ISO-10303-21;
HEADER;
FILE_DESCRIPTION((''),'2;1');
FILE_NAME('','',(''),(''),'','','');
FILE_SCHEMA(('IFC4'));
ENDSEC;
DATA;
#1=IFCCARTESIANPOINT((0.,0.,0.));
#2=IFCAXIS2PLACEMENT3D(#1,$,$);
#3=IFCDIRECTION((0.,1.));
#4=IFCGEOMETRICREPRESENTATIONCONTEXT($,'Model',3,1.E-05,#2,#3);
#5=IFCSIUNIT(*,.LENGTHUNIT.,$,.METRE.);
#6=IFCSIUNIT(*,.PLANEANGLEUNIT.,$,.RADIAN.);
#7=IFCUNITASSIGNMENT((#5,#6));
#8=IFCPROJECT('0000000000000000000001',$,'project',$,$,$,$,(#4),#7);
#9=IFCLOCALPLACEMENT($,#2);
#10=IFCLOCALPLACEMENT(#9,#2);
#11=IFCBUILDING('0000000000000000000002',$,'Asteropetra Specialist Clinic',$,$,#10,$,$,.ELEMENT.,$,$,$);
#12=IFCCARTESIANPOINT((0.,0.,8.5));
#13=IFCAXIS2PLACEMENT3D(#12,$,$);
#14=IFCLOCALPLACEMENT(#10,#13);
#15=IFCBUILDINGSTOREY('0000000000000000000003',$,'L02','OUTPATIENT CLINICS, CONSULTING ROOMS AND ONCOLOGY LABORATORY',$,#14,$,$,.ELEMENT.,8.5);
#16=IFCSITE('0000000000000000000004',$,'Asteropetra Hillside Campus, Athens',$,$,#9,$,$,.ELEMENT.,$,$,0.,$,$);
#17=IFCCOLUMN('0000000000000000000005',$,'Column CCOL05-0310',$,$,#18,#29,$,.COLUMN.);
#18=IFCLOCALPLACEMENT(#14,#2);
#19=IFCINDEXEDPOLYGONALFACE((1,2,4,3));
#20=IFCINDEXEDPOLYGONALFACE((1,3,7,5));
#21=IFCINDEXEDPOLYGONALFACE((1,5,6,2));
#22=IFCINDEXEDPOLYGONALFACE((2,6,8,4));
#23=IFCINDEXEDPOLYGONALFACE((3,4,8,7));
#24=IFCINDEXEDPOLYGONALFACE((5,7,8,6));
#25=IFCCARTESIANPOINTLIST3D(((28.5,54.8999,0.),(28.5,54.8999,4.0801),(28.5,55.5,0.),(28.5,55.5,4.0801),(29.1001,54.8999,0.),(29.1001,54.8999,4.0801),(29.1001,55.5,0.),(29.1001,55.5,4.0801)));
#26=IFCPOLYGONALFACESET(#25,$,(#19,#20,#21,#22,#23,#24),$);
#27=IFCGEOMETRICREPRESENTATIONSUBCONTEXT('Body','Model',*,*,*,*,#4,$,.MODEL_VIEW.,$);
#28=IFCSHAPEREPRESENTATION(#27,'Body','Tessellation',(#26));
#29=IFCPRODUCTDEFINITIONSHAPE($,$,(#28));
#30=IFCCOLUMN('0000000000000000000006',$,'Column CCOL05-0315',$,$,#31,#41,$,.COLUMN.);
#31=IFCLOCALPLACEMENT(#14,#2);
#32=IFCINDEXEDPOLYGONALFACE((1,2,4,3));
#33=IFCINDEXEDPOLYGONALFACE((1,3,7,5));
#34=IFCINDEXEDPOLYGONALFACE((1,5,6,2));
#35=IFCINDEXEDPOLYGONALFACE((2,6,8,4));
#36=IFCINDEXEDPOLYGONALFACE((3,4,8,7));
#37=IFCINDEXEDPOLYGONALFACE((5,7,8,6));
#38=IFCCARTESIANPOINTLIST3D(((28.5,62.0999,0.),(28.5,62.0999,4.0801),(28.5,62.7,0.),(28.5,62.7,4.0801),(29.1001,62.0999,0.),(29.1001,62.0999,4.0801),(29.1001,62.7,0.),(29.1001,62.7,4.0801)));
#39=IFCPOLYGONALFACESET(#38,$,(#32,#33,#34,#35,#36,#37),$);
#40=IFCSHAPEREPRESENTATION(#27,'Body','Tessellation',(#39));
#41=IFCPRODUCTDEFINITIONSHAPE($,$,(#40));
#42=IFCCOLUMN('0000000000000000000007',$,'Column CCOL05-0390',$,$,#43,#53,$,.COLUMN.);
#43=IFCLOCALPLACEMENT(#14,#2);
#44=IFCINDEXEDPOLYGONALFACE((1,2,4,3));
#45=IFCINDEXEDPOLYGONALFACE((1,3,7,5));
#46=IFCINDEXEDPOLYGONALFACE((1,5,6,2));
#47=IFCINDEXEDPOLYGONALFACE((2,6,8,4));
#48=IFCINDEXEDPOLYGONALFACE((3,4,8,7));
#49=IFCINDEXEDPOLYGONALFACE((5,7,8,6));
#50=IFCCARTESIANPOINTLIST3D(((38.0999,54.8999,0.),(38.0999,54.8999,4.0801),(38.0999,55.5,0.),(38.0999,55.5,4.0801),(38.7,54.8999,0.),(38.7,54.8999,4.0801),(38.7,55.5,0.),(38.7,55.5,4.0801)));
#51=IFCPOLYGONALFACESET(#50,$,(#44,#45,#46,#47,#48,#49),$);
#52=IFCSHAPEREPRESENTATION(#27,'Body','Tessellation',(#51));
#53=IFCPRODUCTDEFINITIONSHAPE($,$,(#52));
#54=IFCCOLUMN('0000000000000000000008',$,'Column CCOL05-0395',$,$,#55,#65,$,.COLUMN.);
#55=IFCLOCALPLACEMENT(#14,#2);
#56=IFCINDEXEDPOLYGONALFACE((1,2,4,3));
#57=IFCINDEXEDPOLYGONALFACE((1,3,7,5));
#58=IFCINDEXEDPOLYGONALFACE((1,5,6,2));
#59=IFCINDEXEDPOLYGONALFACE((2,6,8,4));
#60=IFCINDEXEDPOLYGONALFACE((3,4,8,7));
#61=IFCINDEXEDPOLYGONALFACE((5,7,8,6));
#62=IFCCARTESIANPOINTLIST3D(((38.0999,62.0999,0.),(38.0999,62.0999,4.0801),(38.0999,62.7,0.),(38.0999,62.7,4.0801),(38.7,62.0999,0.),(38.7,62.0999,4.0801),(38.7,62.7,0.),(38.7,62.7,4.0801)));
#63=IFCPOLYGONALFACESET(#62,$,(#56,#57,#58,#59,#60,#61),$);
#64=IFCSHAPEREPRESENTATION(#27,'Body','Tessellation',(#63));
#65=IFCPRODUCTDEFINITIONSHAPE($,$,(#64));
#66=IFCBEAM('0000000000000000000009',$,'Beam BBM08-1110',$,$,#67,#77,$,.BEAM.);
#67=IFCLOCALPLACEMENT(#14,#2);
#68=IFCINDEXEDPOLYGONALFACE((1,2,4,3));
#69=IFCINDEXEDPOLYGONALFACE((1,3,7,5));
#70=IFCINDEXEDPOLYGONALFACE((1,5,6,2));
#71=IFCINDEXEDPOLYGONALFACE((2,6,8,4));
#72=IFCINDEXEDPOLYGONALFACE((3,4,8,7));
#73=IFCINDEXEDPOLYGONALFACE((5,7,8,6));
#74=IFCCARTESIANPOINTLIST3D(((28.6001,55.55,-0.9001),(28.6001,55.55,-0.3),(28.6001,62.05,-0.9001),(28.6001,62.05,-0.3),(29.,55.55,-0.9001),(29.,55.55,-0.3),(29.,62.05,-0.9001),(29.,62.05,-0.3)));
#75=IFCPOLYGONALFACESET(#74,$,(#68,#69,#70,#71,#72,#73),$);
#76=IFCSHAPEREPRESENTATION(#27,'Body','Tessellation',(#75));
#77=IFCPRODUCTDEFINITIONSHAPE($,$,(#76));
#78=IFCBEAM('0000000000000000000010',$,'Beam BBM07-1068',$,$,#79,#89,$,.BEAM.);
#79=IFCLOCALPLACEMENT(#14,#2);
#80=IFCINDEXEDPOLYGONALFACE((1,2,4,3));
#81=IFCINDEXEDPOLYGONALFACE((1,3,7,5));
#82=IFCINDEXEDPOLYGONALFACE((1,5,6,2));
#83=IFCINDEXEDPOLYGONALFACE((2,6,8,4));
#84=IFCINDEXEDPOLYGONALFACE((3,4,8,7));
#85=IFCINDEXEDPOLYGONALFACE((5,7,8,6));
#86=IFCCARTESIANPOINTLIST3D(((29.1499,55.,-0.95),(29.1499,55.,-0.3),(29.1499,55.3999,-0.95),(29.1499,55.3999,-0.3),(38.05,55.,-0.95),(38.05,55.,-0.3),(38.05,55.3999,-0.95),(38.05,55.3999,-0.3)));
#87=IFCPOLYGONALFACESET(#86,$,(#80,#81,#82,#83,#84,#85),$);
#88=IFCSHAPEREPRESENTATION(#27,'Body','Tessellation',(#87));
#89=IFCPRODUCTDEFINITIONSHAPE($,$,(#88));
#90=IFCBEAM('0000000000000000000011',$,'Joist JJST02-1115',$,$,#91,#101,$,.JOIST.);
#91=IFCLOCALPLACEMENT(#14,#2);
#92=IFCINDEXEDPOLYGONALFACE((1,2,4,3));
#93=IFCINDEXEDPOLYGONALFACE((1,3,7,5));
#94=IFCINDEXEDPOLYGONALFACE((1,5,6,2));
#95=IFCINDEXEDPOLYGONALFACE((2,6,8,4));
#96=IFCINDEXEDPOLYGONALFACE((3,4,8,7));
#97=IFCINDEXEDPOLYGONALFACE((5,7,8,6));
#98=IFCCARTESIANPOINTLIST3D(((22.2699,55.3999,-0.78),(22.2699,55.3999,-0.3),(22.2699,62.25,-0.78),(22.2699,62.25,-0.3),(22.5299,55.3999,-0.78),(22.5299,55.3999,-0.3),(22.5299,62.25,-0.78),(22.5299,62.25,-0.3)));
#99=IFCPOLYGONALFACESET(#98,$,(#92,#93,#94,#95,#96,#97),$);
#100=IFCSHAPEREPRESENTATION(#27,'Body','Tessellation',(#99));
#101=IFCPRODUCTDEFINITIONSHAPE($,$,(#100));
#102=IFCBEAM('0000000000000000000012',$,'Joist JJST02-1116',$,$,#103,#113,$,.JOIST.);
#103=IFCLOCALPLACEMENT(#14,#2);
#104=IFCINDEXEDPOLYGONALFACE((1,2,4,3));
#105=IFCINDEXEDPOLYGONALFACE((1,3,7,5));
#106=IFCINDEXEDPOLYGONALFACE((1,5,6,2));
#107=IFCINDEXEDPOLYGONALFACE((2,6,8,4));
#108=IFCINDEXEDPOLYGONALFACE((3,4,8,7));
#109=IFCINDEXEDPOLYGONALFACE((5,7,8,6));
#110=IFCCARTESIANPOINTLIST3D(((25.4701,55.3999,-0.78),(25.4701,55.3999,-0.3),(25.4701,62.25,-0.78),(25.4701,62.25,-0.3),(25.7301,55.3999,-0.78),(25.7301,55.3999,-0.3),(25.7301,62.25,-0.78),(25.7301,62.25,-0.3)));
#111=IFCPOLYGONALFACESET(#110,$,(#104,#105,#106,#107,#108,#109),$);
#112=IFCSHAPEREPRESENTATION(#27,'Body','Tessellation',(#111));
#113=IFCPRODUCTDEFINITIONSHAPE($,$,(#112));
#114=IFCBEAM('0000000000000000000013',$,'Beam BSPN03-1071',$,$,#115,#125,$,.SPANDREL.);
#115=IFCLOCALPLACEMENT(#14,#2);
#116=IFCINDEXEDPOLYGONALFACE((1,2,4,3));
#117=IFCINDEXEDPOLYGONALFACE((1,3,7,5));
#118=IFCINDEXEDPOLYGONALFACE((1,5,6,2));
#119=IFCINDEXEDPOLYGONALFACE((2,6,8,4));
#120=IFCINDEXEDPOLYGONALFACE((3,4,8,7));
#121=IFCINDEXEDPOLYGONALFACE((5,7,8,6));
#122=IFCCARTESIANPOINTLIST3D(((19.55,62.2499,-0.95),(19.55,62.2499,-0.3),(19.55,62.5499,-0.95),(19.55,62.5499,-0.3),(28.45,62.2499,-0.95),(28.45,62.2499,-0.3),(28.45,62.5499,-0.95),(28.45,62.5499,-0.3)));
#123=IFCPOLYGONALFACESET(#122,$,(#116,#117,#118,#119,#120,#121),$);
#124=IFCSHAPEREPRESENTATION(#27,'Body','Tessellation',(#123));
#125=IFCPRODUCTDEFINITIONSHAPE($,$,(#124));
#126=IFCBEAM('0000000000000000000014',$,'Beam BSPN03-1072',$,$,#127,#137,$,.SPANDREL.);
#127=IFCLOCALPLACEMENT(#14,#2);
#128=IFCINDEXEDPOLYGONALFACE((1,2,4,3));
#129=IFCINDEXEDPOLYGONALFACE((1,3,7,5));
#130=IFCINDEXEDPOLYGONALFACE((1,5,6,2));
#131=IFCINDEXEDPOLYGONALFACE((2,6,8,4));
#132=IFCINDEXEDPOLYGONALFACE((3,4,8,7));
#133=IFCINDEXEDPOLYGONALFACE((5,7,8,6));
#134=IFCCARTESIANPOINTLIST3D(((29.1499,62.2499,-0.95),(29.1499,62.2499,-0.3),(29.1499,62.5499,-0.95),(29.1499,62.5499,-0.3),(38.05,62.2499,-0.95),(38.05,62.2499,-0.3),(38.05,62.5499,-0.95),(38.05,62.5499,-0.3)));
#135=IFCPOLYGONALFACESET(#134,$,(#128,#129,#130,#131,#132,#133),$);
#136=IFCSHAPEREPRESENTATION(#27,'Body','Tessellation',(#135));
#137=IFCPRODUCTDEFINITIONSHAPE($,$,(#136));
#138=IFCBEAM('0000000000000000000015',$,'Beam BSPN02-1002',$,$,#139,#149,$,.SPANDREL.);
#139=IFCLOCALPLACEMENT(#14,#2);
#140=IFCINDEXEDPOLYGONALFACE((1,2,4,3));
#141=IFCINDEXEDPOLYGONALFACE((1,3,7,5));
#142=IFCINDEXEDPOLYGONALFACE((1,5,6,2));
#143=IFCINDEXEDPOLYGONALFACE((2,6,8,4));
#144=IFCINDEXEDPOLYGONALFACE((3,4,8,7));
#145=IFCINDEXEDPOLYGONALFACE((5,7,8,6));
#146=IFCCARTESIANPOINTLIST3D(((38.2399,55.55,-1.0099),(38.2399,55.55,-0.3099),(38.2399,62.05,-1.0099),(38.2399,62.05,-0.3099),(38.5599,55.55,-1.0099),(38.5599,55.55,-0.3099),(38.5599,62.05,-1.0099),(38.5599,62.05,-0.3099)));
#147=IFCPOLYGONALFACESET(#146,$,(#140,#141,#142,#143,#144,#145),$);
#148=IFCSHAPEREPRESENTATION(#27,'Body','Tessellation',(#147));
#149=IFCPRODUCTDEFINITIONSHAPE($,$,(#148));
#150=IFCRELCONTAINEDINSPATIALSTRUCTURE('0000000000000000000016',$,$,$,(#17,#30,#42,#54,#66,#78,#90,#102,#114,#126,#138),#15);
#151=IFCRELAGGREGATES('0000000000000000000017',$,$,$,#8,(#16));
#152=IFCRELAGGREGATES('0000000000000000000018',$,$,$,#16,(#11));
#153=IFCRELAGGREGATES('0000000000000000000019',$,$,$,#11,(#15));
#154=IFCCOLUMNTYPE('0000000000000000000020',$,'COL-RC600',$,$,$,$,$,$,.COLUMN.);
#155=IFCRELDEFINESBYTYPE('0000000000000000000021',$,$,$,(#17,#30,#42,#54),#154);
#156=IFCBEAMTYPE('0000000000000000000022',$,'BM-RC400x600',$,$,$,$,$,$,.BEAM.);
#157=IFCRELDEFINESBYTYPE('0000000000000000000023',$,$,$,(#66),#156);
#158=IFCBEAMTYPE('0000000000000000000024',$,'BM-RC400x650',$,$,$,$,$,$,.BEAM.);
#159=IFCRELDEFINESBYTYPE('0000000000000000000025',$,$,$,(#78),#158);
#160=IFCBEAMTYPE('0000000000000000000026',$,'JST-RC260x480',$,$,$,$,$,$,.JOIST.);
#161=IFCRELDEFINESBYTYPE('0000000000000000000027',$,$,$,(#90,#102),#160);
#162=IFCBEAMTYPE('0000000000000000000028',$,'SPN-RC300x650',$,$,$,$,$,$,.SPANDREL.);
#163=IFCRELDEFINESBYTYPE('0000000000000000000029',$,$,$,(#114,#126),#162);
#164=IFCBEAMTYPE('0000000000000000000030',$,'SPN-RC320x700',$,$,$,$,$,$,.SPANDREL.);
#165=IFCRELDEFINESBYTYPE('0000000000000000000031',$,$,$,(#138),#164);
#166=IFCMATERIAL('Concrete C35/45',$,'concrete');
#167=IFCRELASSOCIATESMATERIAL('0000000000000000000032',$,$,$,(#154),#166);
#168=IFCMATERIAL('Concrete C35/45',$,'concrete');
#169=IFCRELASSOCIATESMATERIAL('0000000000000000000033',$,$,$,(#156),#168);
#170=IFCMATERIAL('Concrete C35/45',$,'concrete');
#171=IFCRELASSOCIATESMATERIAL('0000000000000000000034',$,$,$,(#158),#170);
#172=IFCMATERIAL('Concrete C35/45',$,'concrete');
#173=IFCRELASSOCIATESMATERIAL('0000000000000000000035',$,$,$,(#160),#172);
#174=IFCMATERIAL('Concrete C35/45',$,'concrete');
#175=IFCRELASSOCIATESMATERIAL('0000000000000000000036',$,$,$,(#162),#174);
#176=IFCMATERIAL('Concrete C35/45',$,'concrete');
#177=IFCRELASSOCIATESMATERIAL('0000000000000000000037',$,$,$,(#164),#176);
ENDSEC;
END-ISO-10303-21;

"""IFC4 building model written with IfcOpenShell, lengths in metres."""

from ifc_helpers import new_model, si_unit, direction, frame, origin, origin_2d, place, context, subcontext, project, spatial, rectangle, extrude, material, material_profile, profile_set, type_object, element, save


model = new_model("IFC4")

# Units and contexts
model_context = context("Model", 3, precision=1e-05, world=origin(), true_north=direction((0.0, 1.0)))
body_context = subcontext(model_context, "Body", "Model", "MODEL_VIEW")
ifc_project = project(units=[si_unit("LENGTHUNIT", "METRE"), si_unit("PLANEANGLEUNIT", "RADIAN")], contexts=[model_context])

# Site, building, storey
site_placement = place(None, origin())
site = spatial("IfcSite", under=ifc_project, at=site_placement, Name="Asteropetra Hillside Campus, Athens", CompositionType="ELEMENT", RefElevation=0.0)
building_placement = place(site_placement, origin())
building = spatial("IfcBuilding", under=site, at=building_placement, Name="Asteropetra Specialist Clinic", CompositionType="ELEMENT")
storey_placement = place(building_placement, frame((0.0, 0.0, 8.5)))
storey = spatial("IfcBuildingStorey", under=building, at=storey_placement, Name="L02", Description="OUTPATIENT CLINICS, CONSULTING ROOMS AND ONCOLOGY LABORATORY", CompositionType="ELEMENT", Elevation=8.5)

# Columns
ifc_material_1 = material(Name="Concrete C35/45", Category="concrete")
ifc_material_profile_1 = material_profile(ifc_material_1, rectangle(XDim=0.6001, YDim=0.6001, at=origin_2d()), Name="RC 600x600")
ifc_profile_set_1 = profile_set([ifc_material_profile_1], Name="Concrete C35/45")
column_type = type_object("IfcColumnType", Name="COL-RC600", PredefinedType="COLUMN", material=ifc_profile_set_1)
for number, where, z_axis, x_axis, name in (
    (1, (28.8, 55.2, 0.0), (0.0, 0.0, 1.0), (1.0, 0.0, 0.0), "Column CCOL05-0310"),
    (2, (28.8, 62.3999, 0.0), (0.0, 0.0, 1.0), (1.0, 0.0, 0.0), "Column CCOL05-0315"),
    (3, (38.3999, 55.2, 0.0), (0.0, 0.0, 1.0), (1.0, 0.0, 0.0), "Column CCOL05-0390"),
    (4, (38.3999, 62.3999, 0.0), (0.0, 0.0, 1.0), (1.0, 0.0, 0.0), "Column CCOL05-0395"),
):
    element("IfcColumn", number, at=place(storey_placement, frame(where, z_axis=z_axis, x_axis=x_axis)), inside=storey, type_object=column_type, Name=name, PredefinedType="COLUMN", context=body_context, shape_type="SweptSolid", body=[
        extrude(rectangle(XDim=0.6001, YDim=0.6001, at=origin_2d()), origin(), (0.0, 0.0, 1.0), 4.0801),
    ])

# Beams
ifc_material_2 = material(Name="Concrete C35/45", Category="concrete")
ifc_material_profile_2 = material_profile(ifc_material_2, rectangle(XDim=0.3999, YDim=0.6001, at=origin_2d()), Name="RCB 400x600")
ifc_profile_set_2 = profile_set([ifc_material_profile_2], Name="Concrete C35/45")
beam_type_1 = type_object("IfcBeamType", Name="BM-RC400x600", PredefinedType="BEAM", material=ifc_profile_set_2)
beam_1_placement = place(storey_placement, frame((28.8, 55.55, -0.6001), z_axis=(0.0, 1.0, 0.0), x_axis=(-1.0, 0.0, 0.0)))
element("IfcBeam", 5, at=beam_1_placement, inside=storey, type_object=beam_type_1, Name="Beam BBM08-1110", PredefinedType="BEAM", context=body_context, shape_type="SweptSolid", body=[
    extrude(rectangle(XDim=0.3999, YDim=0.6001, at=origin_2d()), origin(), (0.0, 0.0, 1.0), 6.5),
])
ifc_material_3 = material(Name="Concrete C35/45", Category="concrete")
ifc_material_profile_3 = material_profile(ifc_material_3, rectangle(XDim=0.3999, YDim=0.6499, at=origin_2d()), Name="RCB 400x650")
ifc_profile_set_3 = profile_set([ifc_material_profile_3], Name="Concrete C35/45")
beam_type_2 = type_object("IfcBeamType", Name="BM-RC400x650", PredefinedType="BEAM", material=ifc_profile_set_3)
beam_2_placement = place(storey_placement, frame((29.1499, 55.2, -0.625), z_axis=(1.0, 0.0, 0.0), x_axis=(0.0, 1.0, 0.0)))
element("IfcBeam", 6, at=beam_2_placement, inside=storey, type_object=beam_type_2, Name="Beam BBM07-1068", PredefinedType="BEAM", context=body_context, shape_type="SweptSolid", body=[
    extrude(rectangle(XDim=0.3999, YDim=0.6499, at=origin_2d()), origin(), (0.0, 0.0, 1.0), 8.9001),
])
ifc_material_4 = material(Name="Concrete C35/45", Category="concrete")
ifc_material_profile_4 = material_profile(ifc_material_4, rectangle(XDim=0.26, YDim=0.48, at=origin_2d()), Name="RCJ 260x480")
ifc_profile_set_4 = profile_set([ifc_material_profile_4], Name="Concrete C35/45")
beam_type_3 = type_object("IfcBeamType", Name="JST-RC260x480", PredefinedType="JOIST", material=ifc_profile_set_4)
for number, where, z_axis, x_axis, name in (
    (7, (22.3999, 55.3999, -0.54), (0.0, 1.0, 0.0), (-1.0, 0.0, 0.0), "Joist JJST02-1115"),
    (8, (25.6001, 55.3999, -0.54), (0.0, 1.0, 0.0), (-1.0, 0.0, 0.0), "Joist JJST02-1116"),
):
    element("IfcBeam", number, at=place(storey_placement, frame(where, z_axis=z_axis, x_axis=x_axis)), inside=storey, type_object=beam_type_3, Name=name, PredefinedType="JOIST", context=body_context, shape_type="SweptSolid", body=[
        extrude(rectangle(XDim=0.26, YDim=0.48, at=origin_2d()), origin(), (0.0, 0.0, 1.0), 6.8501),
    ])
ifc_material_5 = material(Name="Concrete C35/45", Category="concrete")
ifc_material_profile_5 = material_profile(ifc_material_5, rectangle(XDim=0.3, YDim=0.6499, at=origin_2d()), Name="RCS 300x650")
ifc_profile_set_5 = profile_set([ifc_material_profile_5], Name="Concrete C35/45")
beam_type_4 = type_object("IfcBeamType", Name="SPN-RC300x650", PredefinedType="SPANDREL", material=ifc_profile_set_5)
beam_3_placement = place(storey_placement, frame((19.55, 62.3999, -0.625), z_axis=(1.0, 0.0, 0.0), x_axis=(0.0, 1.0, 0.0)))
element("IfcBeam", 9, at=beam_3_placement, inside=storey, type_object=beam_type_4, Name="Beam BSPN03-1071", PredefinedType="SPANDREL", context=body_context, shape_type="SweptSolid", body=[
    extrude(rectangle(XDim=0.3, YDim=0.6499, at=origin_2d()), origin(), (0.0, 0.0, 1.0), 8.8999),
])
beam_4_placement = place(storey_placement, frame((29.1499, 62.3999, -0.625), z_axis=(1.0, 0.0, 0.0), x_axis=(0.0, 1.0, 0.0)))
element("IfcBeam", 10, at=beam_4_placement, inside=storey, type_object=beam_type_4, Name="Beam BSPN03-1072", PredefinedType="SPANDREL", context=body_context, shape_type="SweptSolid", body=[
    extrude(rectangle(XDim=0.3, YDim=0.6499, at=origin_2d()), origin(), (0.0, 0.0, 1.0), 8.9001),
])
ifc_material_6 = material(Name="Concrete C35/45", Category="concrete")
ifc_material_profile_6 = material_profile(ifc_material_6, rectangle(XDim=0.3201, YDim=0.7, at=origin_2d()), Name="RCS 320x700")
ifc_profile_set_6 = profile_set([ifc_material_profile_6], Name="Concrete C35/45")
beam_type_5 = type_object("IfcBeamType", Name="SPN-RC320x700", PredefinedType="SPANDREL", material=ifc_profile_set_6)
beam_5_placement = place(storey_placement, frame((38.3999, 55.55, -0.6599), z_axis=(0.0, 1.0, 0.0), x_axis=(-1.0, 0.0, 0.0)))
element("IfcBeam", 11, at=beam_5_placement, inside=storey, type_object=beam_type_5, Name="Beam BSPN02-1002", PredefinedType="SPANDREL", context=body_context, shape_type="SweptSolid", body=[
    extrude(rectangle(XDim=0.3201, YDim=0.7, at=origin_2d()), origin(), (0.0, 0.0, 1.0), 6.5),
])

save(model, "model.ifc")
